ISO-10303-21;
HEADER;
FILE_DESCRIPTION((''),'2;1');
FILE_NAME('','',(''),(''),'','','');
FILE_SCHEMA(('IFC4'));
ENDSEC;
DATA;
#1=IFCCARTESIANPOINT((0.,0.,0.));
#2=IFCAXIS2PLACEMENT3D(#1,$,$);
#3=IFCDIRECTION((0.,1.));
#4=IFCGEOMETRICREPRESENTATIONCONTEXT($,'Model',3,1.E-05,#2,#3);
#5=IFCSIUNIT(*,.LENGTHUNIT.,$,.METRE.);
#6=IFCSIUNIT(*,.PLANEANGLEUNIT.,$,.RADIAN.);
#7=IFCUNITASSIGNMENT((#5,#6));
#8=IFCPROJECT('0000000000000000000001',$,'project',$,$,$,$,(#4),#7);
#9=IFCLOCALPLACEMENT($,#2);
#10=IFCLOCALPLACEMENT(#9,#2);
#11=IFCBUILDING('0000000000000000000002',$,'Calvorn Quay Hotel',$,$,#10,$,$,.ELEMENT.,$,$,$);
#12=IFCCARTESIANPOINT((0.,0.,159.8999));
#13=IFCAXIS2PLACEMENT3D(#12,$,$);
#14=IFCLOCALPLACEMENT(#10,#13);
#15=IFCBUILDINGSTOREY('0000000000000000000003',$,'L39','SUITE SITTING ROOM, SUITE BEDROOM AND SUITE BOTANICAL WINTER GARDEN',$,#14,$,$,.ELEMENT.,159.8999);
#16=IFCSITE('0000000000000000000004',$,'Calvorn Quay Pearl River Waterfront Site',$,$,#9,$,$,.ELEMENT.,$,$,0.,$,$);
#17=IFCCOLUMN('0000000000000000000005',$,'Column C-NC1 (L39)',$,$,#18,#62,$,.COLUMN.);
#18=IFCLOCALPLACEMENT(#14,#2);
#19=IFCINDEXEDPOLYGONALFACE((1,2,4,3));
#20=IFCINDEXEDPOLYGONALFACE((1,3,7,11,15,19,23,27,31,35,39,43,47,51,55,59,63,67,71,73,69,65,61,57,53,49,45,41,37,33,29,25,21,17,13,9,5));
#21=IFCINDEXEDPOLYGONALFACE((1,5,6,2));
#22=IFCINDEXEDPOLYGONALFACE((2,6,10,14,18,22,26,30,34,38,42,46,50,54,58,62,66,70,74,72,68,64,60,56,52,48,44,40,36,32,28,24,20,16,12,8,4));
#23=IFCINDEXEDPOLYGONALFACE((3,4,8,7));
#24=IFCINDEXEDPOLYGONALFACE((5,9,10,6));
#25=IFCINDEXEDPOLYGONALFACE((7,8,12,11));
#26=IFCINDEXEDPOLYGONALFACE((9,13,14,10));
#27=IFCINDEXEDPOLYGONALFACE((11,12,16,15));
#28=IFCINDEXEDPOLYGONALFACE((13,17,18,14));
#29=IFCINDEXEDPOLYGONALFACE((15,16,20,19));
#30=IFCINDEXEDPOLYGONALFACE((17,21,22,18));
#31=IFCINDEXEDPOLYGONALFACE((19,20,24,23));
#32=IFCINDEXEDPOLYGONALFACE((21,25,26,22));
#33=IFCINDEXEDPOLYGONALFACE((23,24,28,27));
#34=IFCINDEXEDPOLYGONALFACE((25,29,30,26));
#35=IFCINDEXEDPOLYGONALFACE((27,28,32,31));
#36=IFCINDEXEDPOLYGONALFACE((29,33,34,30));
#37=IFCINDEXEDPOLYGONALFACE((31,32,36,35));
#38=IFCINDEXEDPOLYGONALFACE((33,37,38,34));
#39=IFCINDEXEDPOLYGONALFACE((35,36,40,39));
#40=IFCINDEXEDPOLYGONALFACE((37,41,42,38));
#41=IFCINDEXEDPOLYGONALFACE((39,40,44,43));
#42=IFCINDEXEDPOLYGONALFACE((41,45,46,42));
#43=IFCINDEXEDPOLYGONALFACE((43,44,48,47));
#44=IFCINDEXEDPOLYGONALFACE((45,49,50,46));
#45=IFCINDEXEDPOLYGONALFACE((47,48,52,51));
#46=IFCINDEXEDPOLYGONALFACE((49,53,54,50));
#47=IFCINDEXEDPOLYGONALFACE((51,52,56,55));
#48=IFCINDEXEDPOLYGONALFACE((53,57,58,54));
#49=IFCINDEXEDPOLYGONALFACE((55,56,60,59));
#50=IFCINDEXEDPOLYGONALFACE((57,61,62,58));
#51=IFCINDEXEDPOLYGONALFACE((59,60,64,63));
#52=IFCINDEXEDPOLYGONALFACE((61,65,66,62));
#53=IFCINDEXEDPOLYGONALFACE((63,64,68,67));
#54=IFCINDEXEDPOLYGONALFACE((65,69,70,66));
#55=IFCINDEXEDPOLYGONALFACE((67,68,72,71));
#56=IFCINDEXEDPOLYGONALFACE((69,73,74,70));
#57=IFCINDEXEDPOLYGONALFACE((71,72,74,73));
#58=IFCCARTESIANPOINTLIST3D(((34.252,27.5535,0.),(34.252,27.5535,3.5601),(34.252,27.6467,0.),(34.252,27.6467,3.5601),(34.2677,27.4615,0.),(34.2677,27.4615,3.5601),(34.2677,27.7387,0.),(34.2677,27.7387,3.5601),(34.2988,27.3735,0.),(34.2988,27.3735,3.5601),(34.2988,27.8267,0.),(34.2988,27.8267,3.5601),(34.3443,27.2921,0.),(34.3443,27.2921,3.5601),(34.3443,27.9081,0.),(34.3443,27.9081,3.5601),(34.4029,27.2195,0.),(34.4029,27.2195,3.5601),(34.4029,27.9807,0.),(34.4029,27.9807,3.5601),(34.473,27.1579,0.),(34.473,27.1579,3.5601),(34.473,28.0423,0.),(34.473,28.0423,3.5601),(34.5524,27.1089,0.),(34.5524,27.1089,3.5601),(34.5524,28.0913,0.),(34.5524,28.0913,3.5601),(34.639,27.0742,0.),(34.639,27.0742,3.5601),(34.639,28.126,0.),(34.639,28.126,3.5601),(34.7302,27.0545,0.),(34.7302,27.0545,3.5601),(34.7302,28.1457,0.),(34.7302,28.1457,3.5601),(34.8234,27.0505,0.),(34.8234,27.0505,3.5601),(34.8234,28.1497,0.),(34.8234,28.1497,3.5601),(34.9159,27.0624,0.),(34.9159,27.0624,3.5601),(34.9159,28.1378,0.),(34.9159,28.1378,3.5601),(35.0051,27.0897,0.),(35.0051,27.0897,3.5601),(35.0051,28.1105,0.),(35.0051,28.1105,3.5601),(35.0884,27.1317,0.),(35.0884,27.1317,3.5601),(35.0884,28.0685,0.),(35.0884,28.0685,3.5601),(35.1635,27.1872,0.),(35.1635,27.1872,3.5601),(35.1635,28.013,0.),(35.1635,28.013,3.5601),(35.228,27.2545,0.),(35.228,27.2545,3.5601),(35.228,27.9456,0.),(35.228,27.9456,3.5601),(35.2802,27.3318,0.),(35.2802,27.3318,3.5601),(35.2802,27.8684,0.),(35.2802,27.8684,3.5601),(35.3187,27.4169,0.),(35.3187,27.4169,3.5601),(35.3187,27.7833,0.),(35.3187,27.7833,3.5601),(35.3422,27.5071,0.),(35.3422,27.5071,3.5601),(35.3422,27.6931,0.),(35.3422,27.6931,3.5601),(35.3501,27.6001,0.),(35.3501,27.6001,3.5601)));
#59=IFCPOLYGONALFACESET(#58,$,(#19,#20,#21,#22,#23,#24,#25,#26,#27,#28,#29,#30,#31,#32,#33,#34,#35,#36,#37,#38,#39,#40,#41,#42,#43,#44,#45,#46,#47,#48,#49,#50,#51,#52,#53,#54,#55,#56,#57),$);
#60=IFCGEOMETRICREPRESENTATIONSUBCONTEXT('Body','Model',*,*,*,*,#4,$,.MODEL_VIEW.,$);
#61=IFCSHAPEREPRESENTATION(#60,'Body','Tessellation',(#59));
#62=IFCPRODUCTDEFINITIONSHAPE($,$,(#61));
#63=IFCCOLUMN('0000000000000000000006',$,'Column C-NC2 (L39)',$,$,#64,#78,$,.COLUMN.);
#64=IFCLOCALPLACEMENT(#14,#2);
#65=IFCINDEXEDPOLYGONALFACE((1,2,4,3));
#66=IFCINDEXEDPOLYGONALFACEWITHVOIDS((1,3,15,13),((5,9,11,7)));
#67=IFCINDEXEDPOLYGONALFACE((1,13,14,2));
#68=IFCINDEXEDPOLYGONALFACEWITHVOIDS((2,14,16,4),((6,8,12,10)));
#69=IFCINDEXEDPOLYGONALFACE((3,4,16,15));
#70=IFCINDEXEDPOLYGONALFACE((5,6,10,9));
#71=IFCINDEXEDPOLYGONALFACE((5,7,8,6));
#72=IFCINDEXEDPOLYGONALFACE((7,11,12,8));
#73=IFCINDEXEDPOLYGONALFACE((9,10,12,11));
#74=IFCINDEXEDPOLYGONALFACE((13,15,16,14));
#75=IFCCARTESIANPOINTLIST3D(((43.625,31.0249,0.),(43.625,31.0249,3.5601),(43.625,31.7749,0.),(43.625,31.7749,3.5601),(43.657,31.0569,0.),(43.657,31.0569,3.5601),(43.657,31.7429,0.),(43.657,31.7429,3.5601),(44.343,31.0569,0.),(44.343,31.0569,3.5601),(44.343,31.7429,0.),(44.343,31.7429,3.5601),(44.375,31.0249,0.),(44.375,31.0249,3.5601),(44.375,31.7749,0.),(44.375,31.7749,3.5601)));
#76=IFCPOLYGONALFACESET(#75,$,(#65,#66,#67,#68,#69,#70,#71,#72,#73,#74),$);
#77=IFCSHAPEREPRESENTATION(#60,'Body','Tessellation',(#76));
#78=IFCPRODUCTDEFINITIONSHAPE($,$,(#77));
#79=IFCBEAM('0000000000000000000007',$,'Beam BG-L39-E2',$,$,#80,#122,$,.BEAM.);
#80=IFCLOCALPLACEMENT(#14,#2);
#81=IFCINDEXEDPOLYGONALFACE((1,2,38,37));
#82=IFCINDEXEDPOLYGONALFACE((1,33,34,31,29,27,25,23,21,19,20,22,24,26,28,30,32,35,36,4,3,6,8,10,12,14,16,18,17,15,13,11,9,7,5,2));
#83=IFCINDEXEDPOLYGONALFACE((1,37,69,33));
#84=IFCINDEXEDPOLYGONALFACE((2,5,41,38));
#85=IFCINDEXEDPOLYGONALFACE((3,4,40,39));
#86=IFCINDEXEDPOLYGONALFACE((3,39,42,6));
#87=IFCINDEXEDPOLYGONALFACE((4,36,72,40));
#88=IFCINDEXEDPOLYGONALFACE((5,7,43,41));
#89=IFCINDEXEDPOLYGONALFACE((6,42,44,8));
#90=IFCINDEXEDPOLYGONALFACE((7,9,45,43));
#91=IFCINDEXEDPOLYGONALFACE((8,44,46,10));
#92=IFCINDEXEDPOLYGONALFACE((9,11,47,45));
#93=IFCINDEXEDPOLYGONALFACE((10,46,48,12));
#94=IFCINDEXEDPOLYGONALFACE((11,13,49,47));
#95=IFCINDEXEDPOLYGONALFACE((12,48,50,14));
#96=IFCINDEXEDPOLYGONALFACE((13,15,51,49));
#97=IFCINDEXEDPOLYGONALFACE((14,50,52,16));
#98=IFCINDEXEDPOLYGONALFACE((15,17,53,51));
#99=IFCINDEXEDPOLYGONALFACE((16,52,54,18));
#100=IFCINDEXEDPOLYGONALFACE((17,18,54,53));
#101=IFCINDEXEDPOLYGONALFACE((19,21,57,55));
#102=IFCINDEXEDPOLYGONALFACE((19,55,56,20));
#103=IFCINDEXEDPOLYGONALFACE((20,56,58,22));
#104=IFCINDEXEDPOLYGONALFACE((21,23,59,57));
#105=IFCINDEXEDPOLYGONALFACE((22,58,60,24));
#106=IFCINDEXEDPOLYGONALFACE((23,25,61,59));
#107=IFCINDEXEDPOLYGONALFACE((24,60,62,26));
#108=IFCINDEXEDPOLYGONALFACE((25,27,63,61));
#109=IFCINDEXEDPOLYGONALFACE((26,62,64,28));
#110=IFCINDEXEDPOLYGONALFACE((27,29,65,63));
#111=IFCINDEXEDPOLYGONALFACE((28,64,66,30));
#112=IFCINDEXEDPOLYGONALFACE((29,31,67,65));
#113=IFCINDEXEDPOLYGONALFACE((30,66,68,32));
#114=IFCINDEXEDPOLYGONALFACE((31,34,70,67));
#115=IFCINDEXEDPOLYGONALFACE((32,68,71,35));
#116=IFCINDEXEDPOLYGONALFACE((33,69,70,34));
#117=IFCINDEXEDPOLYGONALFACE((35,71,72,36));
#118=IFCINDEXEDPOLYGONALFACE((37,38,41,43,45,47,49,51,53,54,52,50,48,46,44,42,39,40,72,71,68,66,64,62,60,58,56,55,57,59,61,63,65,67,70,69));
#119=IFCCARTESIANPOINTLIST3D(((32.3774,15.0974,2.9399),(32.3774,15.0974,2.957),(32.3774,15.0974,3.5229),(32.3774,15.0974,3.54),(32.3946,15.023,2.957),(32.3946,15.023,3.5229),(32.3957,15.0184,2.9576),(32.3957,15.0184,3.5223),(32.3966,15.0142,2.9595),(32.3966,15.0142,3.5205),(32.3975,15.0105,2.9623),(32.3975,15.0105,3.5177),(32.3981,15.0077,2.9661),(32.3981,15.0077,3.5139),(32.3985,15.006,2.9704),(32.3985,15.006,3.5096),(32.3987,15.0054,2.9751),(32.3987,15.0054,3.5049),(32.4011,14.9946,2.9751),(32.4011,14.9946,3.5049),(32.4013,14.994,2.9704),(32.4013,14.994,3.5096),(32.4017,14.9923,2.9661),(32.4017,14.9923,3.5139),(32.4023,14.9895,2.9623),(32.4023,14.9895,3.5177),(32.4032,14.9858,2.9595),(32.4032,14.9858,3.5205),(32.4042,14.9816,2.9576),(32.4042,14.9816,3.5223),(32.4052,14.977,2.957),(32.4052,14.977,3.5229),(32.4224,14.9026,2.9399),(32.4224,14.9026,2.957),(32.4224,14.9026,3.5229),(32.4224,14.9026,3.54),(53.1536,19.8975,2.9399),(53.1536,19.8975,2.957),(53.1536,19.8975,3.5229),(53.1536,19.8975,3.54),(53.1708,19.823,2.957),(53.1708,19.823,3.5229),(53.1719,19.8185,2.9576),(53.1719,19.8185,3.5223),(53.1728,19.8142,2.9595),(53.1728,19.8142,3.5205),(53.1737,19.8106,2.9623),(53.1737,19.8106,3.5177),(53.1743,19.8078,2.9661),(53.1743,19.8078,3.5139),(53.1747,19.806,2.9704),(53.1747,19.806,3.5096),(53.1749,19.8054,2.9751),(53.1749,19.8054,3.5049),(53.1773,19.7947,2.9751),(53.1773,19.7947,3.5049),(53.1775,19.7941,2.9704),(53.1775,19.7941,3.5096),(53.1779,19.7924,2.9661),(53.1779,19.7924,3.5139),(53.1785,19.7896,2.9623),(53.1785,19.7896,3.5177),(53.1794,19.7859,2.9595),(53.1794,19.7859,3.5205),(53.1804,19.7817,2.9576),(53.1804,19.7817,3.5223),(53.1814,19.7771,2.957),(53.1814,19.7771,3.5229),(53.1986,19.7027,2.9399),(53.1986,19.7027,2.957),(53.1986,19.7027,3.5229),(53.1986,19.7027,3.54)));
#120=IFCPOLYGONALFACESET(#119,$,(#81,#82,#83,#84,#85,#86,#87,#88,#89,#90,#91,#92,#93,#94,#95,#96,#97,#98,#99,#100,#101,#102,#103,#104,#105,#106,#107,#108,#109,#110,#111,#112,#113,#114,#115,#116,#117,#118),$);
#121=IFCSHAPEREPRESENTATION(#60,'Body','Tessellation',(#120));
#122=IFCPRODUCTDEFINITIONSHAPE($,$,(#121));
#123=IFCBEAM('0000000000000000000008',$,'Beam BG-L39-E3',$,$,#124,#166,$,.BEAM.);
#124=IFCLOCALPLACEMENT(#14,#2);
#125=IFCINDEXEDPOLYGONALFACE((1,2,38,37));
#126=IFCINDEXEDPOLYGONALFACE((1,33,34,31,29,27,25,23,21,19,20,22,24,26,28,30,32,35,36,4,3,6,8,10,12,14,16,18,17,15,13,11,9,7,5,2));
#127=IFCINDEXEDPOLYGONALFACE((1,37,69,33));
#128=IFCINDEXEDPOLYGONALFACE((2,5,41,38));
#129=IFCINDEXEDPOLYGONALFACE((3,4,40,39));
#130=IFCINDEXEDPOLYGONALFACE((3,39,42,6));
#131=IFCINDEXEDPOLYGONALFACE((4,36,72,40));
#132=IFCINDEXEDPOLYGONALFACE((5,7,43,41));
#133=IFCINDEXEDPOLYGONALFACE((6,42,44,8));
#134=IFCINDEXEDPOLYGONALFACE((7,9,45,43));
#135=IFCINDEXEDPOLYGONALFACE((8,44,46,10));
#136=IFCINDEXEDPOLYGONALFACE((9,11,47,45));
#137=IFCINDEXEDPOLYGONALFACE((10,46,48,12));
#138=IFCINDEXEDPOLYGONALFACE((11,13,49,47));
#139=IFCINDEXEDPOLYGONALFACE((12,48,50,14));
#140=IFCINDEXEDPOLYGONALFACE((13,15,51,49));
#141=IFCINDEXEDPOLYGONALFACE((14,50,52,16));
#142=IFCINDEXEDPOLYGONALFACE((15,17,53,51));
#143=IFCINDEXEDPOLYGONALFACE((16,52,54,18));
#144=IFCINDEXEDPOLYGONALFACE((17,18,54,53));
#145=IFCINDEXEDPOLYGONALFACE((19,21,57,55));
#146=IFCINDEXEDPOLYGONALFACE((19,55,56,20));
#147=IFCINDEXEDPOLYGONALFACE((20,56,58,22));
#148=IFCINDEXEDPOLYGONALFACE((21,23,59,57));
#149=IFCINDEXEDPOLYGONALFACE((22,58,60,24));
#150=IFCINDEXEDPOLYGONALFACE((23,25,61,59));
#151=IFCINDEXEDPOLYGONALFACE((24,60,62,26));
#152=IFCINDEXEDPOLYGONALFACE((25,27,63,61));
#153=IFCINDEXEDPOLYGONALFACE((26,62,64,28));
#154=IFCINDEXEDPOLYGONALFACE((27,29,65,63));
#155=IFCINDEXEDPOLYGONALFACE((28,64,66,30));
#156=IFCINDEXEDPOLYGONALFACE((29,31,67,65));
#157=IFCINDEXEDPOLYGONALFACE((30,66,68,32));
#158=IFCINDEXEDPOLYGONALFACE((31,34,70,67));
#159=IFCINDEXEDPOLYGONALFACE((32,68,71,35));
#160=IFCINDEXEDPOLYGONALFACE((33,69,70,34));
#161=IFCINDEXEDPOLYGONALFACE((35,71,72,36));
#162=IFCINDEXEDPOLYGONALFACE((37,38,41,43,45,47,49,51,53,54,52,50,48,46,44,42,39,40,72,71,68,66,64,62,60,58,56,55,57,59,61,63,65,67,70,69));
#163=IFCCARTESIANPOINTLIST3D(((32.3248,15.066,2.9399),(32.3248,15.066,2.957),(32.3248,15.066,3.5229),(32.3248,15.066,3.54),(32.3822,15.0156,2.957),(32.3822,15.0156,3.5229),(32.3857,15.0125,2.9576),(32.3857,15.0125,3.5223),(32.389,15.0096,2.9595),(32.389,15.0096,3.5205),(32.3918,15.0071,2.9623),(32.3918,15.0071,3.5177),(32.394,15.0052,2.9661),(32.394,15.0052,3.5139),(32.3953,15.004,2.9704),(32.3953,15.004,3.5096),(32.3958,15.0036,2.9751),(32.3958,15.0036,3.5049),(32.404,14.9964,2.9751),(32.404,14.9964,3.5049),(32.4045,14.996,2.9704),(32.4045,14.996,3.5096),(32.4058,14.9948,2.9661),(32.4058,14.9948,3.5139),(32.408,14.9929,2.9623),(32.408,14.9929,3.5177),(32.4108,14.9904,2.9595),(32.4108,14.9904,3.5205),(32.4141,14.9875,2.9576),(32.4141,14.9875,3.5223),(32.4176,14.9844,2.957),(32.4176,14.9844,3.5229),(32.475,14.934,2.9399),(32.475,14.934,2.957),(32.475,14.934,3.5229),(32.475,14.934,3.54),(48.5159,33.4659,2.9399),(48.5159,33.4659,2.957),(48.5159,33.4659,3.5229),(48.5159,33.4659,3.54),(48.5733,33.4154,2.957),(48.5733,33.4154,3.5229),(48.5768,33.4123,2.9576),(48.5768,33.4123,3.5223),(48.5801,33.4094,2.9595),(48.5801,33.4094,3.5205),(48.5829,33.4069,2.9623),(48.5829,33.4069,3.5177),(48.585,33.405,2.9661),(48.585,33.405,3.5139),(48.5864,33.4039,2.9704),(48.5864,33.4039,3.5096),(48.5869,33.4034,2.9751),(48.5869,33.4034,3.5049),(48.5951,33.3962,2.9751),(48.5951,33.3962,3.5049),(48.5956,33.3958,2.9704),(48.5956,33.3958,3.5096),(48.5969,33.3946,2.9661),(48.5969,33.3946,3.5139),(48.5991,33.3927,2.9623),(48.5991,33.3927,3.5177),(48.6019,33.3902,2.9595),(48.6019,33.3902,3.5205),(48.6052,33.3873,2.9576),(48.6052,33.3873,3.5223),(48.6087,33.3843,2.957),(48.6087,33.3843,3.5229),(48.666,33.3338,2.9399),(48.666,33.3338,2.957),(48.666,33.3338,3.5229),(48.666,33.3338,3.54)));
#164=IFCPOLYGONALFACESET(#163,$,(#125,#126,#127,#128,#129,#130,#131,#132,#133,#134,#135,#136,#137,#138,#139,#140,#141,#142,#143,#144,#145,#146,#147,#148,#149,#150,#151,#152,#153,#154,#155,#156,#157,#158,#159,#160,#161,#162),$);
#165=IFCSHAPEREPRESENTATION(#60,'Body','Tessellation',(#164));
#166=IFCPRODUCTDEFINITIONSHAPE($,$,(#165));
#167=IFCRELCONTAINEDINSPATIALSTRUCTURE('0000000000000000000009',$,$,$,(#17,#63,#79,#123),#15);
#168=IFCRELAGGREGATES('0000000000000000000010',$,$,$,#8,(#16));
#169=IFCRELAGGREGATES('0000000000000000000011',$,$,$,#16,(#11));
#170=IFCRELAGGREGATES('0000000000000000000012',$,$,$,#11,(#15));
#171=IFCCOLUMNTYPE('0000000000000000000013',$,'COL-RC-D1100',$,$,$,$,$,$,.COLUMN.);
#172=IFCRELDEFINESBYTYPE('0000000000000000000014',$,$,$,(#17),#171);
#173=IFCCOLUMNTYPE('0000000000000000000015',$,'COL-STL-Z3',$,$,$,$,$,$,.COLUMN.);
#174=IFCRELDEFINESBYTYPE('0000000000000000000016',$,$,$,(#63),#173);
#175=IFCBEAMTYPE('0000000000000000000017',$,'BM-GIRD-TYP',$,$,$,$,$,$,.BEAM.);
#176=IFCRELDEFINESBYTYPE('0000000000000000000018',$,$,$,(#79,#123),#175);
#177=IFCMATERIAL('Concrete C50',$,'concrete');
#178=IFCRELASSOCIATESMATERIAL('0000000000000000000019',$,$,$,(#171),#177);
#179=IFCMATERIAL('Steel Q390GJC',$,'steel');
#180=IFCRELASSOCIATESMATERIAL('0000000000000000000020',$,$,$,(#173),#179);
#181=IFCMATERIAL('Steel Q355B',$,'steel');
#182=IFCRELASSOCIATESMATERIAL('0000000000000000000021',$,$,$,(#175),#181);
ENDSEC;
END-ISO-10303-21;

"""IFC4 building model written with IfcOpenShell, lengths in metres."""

from ifc_helpers import new_model, si_unit, direction, frame, origin, origin_2d, place, context, subcontext, project, spatial, hollow_rectangle, circle, i_section, extrude, material, material_profile, profile_set, type_object, element, save


model = new_model("IFC4")

# Units and contexts
model_context = context("Model", 3, precision=1e-05, world=origin(), true_north=direction((0.0, 1.0)))
body_context = subcontext(model_context, "Body", "Model", "MODEL_VIEW")
ifc_project = project(units=[si_unit("LENGTHUNIT", "METRE"), si_unit("PLANEANGLEUNIT", "RADIAN")], contexts=[model_context])

# Site, building, storey
site_placement = place(None, origin())
site = spatial("IfcSite", under=ifc_project, at=site_placement, Name="Calvorn Quay Pearl River Waterfront Site", CompositionType="ELEMENT", RefElevation=0.0)
building_placement = place(site_placement, origin())
building = spatial("IfcBuilding", under=site, at=building_placement, Name="Calvorn Quay Hotel", CompositionType="ELEMENT")
storey_placement = place(building_placement, frame((0.0, 0.0, 159.8999)))
storey = spatial("IfcBuildingStorey", under=building, at=storey_placement, Name="L39", Description="SUITE SITTING ROOM, SUITE BEDROOM AND SUITE BOTANICAL WINTER GARDEN", CompositionType="ELEMENT", Elevation=159.8999)

# Columns
ifc_material_1 = material(Name="Concrete C50", Category="concrete")
ifc_material_profile_1 = material_profile(ifc_material_1, circle(Radius=0.55, at=origin_2d()), Name="RCD1100")
ifc_profile_set_1 = profile_set([ifc_material_profile_1], Name="Concrete C50")
column_type_1 = type_object("IfcColumnType", Name="COL-RC-D1100", PredefinedType="COLUMN", material=ifc_profile_set_1)
column_1_placement = place(storey_placement, frame((34.8, 27.6001, 0.0), z_axis=(0.0, 0.0, 1.0), x_axis=(1.0, 0.0, 0.0)))
element("IfcColumn", 1, at=column_1_placement, inside=storey, type_object=column_type_1, Name="Column C-NC1 (L39)", PredefinedType="COLUMN", context=body_context, shape_type="SweptSolid", body=[
    extrude(circle(Radius=0.55, at=origin_2d()), origin(), (0.0, 0.0, 1.0), 3.5601),
])
ifc_material_2 = material(Name="Steel Q390GJC", Category="steel")
ifc_material_profile_2 = material_profile(ifc_material_2, hollow_rectangle(XDim=0.75, YDim=0.75, WallThickness=0.032, at=origin_2d()), Name="BOX750x750x32")
ifc_profile_set_2 = profile_set([ifc_material_profile_2], Name="Steel Q390GJC")
column_type_2 = type_object("IfcColumnType", Name="COL-STL-Z3", PredefinedType="COLUMN", material=ifc_profile_set_2)
column_2_placement = place(storey_placement, frame((44.0, 31.3999, 0.0), z_axis=(0.0, 0.0, 1.0), x_axis=(1.0, 0.0, 0.0)))
element("IfcColumn", 2, at=column_2_placement, inside=storey, type_object=column_type_2, Name="Column C-NC2 (L39)", PredefinedType="COLUMN", context=body_context, shape_type="SweptSolid", body=[
    extrude(hollow_rectangle(XDim=0.75, YDim=0.75, WallThickness=0.032, at=origin_2d()), origin(), (0.0, 0.0, 1.0), 3.5601),
])

# Beams
ifc_material_3 = material(Name="Steel Q355B", Category="steel")
ifc_material_profile_3 = material_profile(ifc_material_3, i_section(OverallWidth=0.2, OverallDepth=0.6001, WebThickness=0.011, FlangeThickness=0.0171, FilletRadius=0.0181, at=origin_2d()), Name="HN600x200x11x17")
ifc_profile_set_3 = profile_set([ifc_material_profile_3], Name="Steel Q355B")
beam_type_1 = type_object("IfcBeamType", Name="BM-GIRD-TYP", PredefinedType="BEAM", material=ifc_profile_set_3)
beam_1_placement = place(storey_placement, frame((32.3999, 15.0, 3.24), z_axis=(0.974334, 0.225107, 0.0), x_axis=(-0.225107, 0.974334, 0.0)))
element("IfcBeam", 3, at=beam_1_placement, inside=storey, type_object=beam_type_1, Name="Beam BG-L39-E2", PredefinedType="BEAM", context=body_context, shape_type="SweptSolid", body=[
    extrude(i_section(OverallWidth=0.2, OverallDepth=0.6001, WebThickness=0.011, FlangeThickness=0.0171, FilletRadius=0.0181, at=origin_2d()), origin(), (0.0, 0.0, 1.0), 21.3235),
])
beam_2_placement = place(storey_placement, frame((32.3999, 15.0, 3.24), z_axis=(0.660611, 0.750729, 0.0), x_axis=(-0.750729, 0.660611, 0.0)))
element("IfcBeam", 4, at=beam_2_placement, inside=storey, type_object=beam_type_1, Name="Beam BG-L39-E3", PredefinedType="BEAM", context=body_context, shape_type="SweptSolid", body=[
    extrude(i_section(OverallWidth=0.2, OverallDepth=0.6001, WebThickness=0.011, FlangeThickness=0.0171, FilletRadius=0.0181, at=origin_2d()), origin(), (0.0, 0.0, 1.0), 24.5093),
])

save(model, "model.ifc")
